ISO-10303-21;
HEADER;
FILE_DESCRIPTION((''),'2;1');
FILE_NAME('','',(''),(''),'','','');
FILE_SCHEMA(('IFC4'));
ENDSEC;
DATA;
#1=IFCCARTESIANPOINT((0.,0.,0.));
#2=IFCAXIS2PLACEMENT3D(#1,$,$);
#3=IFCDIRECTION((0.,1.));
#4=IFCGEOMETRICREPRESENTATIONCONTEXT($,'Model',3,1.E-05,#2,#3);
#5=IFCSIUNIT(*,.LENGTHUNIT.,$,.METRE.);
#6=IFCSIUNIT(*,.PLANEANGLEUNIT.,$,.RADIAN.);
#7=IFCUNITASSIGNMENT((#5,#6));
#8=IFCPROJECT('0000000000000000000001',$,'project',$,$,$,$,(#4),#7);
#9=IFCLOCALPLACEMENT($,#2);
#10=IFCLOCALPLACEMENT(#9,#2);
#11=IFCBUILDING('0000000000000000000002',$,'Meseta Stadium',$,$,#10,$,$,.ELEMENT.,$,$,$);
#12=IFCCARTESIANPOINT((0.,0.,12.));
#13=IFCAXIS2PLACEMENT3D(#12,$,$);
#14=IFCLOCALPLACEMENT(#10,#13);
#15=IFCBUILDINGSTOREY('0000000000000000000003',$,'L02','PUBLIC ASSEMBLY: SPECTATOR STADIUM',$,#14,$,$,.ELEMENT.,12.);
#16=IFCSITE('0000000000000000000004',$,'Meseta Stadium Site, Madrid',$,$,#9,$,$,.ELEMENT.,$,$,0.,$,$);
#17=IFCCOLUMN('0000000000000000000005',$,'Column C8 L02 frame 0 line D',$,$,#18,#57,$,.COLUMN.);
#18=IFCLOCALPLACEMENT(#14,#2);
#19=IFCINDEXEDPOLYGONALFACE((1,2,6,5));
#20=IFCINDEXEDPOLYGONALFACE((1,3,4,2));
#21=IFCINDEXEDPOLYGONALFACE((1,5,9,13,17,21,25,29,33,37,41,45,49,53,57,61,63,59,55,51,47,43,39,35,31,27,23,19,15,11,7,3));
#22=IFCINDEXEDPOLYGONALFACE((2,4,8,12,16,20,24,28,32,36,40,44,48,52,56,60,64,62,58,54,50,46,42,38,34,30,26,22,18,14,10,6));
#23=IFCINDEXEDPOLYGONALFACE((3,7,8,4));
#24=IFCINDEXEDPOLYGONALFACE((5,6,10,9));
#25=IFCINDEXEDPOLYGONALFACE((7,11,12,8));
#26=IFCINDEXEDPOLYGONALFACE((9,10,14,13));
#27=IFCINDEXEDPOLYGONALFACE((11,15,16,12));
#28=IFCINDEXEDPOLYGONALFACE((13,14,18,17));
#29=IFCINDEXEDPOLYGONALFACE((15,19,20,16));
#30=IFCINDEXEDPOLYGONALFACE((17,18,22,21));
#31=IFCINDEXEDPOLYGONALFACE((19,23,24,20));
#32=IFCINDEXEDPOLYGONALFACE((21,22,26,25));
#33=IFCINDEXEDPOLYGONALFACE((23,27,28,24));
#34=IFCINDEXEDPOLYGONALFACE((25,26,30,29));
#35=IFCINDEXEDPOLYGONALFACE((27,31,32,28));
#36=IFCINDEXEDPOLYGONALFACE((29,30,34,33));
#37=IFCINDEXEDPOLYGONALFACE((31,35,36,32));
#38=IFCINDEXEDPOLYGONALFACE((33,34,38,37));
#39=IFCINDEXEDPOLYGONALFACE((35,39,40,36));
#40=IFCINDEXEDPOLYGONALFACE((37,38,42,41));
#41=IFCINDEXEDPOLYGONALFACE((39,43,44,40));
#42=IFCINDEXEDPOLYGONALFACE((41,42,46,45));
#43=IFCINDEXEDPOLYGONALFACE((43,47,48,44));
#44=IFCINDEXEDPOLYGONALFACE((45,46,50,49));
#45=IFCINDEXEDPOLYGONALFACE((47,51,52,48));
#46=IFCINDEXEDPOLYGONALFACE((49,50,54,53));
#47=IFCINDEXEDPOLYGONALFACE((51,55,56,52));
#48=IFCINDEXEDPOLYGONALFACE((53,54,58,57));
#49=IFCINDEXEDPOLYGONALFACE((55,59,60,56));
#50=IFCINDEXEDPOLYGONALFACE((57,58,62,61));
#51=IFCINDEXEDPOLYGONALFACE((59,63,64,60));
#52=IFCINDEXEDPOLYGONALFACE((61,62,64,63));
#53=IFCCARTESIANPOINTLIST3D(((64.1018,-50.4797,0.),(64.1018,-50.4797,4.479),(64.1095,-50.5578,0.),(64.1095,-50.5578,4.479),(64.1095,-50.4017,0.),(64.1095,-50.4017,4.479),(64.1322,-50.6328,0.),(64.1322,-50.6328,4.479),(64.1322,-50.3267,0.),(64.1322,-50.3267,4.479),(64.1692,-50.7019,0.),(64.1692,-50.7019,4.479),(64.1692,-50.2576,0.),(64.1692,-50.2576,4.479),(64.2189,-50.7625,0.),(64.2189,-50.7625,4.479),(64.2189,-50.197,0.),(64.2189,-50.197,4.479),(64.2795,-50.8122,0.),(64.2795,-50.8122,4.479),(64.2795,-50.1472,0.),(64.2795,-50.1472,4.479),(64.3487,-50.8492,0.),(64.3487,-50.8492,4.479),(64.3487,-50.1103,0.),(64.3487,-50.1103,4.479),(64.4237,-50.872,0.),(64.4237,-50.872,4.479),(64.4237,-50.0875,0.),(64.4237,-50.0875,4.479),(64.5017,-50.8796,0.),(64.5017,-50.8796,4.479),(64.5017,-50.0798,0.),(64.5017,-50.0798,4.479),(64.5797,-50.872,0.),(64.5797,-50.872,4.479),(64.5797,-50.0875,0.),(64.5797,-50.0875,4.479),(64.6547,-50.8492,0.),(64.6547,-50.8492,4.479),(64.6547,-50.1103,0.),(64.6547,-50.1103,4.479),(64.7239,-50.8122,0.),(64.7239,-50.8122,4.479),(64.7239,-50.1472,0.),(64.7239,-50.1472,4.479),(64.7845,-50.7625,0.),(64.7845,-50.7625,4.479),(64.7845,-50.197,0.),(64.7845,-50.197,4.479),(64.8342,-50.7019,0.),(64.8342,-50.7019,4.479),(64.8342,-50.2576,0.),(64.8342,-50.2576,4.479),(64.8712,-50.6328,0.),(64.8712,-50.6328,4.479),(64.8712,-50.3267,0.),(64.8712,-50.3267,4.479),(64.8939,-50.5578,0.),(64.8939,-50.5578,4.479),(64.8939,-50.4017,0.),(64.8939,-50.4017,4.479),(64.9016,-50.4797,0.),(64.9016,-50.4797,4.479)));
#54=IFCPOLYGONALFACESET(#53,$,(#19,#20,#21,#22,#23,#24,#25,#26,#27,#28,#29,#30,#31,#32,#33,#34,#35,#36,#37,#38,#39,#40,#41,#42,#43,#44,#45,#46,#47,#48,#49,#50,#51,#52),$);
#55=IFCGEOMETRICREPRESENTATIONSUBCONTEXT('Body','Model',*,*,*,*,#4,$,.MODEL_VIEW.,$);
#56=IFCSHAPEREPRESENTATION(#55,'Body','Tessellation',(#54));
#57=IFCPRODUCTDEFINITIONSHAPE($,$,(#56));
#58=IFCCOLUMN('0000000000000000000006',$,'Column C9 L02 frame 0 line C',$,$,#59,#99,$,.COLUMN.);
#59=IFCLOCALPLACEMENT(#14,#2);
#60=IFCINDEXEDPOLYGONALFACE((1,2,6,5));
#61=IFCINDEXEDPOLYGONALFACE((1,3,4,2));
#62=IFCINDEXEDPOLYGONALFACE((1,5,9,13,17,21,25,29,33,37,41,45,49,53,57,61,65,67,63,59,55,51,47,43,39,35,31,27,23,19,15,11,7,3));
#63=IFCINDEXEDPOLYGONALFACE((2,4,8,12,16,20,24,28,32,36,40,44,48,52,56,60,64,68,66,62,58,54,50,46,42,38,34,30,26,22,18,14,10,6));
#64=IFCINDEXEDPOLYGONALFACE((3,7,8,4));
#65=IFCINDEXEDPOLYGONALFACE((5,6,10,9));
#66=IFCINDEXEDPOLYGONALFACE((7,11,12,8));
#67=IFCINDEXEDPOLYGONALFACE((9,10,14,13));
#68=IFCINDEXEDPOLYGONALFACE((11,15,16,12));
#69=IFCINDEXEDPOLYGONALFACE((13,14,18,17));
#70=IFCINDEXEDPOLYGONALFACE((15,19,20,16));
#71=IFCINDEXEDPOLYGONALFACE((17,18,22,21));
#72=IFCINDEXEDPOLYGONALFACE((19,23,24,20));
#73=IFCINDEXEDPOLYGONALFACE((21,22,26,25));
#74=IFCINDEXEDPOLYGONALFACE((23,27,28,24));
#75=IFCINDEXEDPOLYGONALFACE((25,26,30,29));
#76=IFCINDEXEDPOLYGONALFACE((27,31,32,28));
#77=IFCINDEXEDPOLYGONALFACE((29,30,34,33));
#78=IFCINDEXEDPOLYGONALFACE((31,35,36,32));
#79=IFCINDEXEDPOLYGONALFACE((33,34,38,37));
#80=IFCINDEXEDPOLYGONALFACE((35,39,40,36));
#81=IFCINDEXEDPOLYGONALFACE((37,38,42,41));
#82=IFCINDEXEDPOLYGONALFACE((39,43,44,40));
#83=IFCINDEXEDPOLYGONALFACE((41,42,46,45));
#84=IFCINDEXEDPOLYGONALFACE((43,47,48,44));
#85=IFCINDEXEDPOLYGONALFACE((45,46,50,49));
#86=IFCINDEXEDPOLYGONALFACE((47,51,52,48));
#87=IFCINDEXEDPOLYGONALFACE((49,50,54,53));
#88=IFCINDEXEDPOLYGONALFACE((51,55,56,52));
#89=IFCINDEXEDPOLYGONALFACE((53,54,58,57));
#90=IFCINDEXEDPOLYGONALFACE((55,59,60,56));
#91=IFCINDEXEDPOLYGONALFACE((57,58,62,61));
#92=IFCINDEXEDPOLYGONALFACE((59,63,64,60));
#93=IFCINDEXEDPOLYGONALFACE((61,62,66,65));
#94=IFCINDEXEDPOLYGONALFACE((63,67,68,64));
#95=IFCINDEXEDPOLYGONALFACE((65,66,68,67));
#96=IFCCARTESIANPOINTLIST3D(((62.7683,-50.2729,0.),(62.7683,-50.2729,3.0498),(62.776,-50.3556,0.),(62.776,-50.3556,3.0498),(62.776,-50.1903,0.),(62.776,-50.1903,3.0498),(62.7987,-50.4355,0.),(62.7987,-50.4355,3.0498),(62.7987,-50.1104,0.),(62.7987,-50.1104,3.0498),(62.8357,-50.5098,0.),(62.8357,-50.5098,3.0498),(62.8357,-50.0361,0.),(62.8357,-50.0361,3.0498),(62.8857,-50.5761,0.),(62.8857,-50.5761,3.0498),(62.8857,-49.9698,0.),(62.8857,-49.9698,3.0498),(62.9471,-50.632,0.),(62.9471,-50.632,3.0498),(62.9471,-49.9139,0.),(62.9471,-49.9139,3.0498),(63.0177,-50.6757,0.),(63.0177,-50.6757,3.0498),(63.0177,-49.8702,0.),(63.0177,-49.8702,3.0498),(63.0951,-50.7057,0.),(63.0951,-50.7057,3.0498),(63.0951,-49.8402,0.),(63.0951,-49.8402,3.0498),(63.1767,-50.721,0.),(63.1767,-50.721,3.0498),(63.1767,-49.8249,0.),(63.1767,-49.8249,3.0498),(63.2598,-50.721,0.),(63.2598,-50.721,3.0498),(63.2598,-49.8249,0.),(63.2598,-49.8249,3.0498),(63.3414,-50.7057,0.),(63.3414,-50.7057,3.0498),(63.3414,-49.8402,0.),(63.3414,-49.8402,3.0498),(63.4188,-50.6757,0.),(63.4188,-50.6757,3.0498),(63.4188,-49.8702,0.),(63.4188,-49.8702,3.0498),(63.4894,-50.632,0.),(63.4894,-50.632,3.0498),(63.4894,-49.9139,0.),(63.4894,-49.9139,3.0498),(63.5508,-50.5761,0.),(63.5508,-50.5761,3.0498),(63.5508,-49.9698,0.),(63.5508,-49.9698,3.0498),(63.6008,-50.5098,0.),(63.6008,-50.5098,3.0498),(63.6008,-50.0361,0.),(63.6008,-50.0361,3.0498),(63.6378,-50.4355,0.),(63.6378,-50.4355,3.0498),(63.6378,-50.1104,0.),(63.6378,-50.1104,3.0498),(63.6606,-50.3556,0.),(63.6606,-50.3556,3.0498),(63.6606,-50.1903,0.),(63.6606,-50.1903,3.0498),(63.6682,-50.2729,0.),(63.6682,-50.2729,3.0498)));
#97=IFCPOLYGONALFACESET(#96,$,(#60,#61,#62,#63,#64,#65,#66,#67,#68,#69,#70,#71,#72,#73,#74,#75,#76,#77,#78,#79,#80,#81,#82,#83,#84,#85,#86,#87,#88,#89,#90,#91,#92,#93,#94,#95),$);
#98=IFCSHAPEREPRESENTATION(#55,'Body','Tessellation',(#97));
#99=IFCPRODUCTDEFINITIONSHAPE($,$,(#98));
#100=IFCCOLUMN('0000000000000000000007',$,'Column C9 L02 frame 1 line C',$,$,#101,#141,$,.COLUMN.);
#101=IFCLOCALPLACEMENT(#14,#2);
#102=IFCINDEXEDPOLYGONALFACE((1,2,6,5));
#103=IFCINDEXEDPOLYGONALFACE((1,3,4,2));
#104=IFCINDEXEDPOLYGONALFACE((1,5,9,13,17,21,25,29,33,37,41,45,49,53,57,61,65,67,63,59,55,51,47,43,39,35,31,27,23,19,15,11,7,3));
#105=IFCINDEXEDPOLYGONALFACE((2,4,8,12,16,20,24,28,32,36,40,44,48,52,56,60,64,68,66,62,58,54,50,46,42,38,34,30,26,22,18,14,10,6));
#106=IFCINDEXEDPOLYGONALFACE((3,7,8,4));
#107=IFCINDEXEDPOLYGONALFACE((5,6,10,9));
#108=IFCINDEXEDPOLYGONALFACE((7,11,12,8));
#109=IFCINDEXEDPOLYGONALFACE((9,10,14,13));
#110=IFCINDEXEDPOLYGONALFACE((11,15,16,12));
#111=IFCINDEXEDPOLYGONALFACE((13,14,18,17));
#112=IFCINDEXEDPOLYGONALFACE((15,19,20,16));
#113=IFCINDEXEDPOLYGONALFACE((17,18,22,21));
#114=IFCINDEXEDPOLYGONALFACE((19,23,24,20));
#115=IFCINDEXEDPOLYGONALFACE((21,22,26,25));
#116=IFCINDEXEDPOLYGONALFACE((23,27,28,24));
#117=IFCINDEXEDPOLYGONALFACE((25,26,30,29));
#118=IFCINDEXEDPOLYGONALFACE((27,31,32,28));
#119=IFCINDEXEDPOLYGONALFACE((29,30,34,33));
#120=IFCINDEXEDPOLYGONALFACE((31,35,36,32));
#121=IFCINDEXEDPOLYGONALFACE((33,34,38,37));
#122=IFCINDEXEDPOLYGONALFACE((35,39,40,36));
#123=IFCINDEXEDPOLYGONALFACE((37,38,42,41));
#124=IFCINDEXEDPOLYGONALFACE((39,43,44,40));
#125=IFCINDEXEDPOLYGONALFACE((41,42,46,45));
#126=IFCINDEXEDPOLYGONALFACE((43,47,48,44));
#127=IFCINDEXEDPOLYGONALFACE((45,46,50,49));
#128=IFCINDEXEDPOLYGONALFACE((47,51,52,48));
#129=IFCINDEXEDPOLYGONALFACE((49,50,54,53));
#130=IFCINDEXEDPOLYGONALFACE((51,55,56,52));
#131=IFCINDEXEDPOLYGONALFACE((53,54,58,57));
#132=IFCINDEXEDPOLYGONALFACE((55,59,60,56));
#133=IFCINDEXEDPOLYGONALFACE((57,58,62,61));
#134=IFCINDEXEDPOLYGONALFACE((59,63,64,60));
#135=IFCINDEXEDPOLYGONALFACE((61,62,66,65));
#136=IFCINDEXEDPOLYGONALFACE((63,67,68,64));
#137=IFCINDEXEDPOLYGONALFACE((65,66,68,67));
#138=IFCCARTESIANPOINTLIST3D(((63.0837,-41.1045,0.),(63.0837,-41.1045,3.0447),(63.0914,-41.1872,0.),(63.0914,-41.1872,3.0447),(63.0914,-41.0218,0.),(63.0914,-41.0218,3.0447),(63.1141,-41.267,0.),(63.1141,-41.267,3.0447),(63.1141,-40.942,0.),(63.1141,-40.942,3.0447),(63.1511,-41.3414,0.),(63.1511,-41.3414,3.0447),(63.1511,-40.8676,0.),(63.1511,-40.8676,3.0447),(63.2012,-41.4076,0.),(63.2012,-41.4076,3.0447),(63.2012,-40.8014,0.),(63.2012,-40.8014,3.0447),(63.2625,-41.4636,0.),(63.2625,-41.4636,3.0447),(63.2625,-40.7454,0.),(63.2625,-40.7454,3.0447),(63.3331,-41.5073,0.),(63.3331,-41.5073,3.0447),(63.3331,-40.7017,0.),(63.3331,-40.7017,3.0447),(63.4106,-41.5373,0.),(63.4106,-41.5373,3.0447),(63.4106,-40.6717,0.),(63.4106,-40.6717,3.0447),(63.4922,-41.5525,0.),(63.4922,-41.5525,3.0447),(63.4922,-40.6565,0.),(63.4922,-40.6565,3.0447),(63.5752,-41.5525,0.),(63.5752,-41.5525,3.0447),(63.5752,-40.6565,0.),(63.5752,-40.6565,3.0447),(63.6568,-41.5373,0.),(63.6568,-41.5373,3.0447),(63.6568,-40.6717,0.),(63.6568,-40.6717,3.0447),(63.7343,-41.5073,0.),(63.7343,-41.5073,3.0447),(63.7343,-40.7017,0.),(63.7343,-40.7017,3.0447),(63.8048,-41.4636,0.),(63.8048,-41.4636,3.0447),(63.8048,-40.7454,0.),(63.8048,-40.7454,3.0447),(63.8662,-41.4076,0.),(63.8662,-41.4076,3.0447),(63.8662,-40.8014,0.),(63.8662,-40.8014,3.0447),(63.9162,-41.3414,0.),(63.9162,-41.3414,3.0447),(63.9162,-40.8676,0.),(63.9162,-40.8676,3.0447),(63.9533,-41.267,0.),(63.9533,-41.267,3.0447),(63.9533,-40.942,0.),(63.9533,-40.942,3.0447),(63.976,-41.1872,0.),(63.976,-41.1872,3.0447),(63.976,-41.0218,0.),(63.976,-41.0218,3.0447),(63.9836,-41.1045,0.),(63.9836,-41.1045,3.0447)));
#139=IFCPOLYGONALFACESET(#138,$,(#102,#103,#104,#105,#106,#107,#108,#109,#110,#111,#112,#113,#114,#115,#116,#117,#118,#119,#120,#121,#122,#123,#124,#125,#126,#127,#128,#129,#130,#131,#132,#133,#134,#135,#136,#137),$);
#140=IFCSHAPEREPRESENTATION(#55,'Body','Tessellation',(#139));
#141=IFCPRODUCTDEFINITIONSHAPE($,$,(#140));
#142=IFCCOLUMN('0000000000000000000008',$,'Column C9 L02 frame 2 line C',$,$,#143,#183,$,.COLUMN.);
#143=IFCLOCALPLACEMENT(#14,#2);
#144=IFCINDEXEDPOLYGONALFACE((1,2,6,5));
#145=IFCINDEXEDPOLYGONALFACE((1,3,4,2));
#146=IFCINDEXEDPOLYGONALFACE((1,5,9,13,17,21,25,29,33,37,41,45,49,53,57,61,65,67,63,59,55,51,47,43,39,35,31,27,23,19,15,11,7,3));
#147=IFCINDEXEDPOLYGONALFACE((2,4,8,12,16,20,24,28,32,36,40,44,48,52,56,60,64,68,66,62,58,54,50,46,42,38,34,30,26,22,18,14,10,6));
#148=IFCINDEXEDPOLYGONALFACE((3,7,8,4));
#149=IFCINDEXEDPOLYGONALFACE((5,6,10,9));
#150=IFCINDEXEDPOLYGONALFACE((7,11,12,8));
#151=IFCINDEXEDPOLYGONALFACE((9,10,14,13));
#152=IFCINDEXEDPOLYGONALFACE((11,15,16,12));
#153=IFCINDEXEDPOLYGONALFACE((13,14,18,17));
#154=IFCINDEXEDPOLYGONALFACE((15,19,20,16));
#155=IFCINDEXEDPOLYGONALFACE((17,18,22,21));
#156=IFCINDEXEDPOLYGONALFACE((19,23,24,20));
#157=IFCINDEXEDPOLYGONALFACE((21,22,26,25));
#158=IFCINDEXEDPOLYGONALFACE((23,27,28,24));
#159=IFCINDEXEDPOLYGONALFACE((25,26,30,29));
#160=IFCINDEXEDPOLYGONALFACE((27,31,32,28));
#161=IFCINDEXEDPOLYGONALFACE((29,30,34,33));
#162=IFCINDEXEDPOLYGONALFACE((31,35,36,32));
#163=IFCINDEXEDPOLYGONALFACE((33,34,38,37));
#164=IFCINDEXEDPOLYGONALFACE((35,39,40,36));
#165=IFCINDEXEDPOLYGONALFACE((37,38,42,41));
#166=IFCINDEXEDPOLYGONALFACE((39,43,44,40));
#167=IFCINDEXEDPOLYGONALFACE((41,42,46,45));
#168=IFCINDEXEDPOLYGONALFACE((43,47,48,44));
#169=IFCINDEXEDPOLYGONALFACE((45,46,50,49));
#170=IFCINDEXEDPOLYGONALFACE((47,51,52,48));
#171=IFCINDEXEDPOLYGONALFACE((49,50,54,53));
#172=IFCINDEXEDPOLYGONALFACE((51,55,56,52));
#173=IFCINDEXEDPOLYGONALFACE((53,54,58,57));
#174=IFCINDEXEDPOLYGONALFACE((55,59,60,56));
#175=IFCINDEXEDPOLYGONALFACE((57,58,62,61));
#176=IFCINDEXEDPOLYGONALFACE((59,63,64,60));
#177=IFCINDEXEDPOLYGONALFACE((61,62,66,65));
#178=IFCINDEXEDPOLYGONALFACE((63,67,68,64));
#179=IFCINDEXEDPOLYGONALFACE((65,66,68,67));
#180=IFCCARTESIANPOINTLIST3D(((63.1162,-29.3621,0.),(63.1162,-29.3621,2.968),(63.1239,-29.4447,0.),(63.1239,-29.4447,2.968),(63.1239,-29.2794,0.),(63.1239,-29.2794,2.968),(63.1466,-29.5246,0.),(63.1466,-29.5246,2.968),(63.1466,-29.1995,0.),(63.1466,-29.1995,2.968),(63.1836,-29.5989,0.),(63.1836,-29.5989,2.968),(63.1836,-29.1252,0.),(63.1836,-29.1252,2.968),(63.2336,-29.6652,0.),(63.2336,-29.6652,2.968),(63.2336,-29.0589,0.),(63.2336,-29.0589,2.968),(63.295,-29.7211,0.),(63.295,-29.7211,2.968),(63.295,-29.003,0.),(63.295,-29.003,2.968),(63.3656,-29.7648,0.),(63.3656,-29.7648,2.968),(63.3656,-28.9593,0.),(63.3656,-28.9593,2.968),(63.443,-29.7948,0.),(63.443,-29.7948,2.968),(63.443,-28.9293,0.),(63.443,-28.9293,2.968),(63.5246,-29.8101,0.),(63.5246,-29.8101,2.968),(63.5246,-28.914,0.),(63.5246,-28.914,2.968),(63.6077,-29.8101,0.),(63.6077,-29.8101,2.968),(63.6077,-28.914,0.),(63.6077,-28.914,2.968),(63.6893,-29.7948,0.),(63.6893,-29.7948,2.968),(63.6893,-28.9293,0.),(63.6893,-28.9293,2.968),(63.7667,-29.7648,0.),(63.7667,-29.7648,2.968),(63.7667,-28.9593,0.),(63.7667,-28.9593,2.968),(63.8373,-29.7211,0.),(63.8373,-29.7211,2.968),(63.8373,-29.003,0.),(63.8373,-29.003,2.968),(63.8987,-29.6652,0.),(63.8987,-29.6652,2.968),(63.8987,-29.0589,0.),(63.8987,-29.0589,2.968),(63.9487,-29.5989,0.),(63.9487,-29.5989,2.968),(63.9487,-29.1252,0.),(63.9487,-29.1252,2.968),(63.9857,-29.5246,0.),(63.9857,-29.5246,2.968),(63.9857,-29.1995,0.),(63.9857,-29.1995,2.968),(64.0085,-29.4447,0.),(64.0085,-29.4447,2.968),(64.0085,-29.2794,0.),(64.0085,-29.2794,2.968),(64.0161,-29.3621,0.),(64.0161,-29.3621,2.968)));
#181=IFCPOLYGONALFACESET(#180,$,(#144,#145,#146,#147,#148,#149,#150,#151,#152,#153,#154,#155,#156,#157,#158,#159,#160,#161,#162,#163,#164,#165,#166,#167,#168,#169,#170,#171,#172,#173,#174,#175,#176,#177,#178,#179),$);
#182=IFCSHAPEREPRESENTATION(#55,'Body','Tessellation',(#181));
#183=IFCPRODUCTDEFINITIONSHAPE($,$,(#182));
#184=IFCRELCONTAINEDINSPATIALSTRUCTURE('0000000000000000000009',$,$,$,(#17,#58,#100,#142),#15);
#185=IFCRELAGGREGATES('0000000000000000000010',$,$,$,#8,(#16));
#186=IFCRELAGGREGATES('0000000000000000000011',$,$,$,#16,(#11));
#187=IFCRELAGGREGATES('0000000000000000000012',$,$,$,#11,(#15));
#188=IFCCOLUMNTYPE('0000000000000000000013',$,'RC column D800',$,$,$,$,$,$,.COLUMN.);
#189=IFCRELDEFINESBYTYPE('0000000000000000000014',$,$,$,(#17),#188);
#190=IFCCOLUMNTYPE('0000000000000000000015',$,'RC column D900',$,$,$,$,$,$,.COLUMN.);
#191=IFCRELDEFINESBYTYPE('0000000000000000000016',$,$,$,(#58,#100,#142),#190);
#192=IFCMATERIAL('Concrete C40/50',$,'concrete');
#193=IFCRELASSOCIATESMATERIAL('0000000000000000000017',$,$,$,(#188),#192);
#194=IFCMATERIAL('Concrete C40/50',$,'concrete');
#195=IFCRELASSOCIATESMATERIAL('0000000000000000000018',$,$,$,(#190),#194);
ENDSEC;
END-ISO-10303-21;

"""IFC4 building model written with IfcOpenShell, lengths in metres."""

from ifc_helpers import new_model, si_unit, direction, frame, origin, origin_2d, place, context, subcontext, project, spatial, circle, extrude, material, material_profile, profile_set, type_object, element, save


model = new_model("IFC4")

# Units and contexts
model_context = context("Model", 3, precision=1e-05, world=origin(), true_north=direction((0.0, 1.0)))
body_context = subcontext(model_context, "Body", "Model", "MODEL_VIEW")
ifc_project = project(units=[si_unit("LENGTHUNIT", "METRE"), si_unit("PLANEANGLEUNIT", "RADIAN")], contexts=[model_context])

# Site, building, storey
site_placement = place(None, origin())
site = spatial("IfcSite", under=ifc_project, at=site_placement, Name="Meseta Stadium Site, Madrid", CompositionType="ELEMENT", RefElevation=0.0)
building_placement = place(site_placement, origin())
building = spatial("IfcBuilding", under=site, at=building_placement, Name="Meseta Stadium", CompositionType="ELEMENT")
storey_placement = place(building_placement, frame((0.0, 0.0, 12.0)))
storey = spatial("IfcBuildingStorey", under=building, at=storey_placement, Name="L02", Description="PUBLIC ASSEMBLY: SPECTATOR STADIUM", CompositionType="ELEMENT", Elevation=12.0)

# Columns
ifc_material_1 = material(Name="Concrete C40/50", Category="concrete")
ifc_material_profile_1 = material_profile(ifc_material_1, circle(Radius=0.3999, at=origin_2d()), Name="RC D800")
ifc_profile_set_1 = profile_set([ifc_material_profile_1], Name="Concrete C40/50")
column_type_1 = type_object("IfcColumnType", Name="RC column D800", PredefinedType="COLUMN", material=ifc_profile_set_1)
column_1_placement = place(storey_placement, frame((64.5017, -50.4797, 0.0), z_axis=(0.0, 0.0, 1.0), x_axis=(1.0, 0.0, 0.0)))
element("IfcColumn", 1, at=column_1_placement, inside=storey, type_object=column_type_1, Name="Column C8 L02 frame 0 line D", PredefinedType="COLUMN", context=body_context, shape_type="SweptSolid", body=[
    extrude(circle(Radius=0.3999, at=origin_2d()), origin(), (0.0, 0.0, 1.0), 4.479),
])
ifc_material_2 = material(Name="Concrete C40/50", Category="concrete")
ifc_material_profile_2 = material_profile(ifc_material_2, circle(Radius=0.45, at=origin_2d()), Name="RC D900")
ifc_profile_set_2 = profile_set([ifc_material_profile_2], Name="Concrete C40/50")
column_type_2 = type_object("IfcColumnType", Name="RC column D900", PredefinedType="COLUMN", material=ifc_profile_set_2)
column_2_placement = place(storey_placement, frame((63.2183, -50.2729, 0.0), z_axis=(0.0, 0.0, 1.0), x_axis=(1.0, 0.0, 0.0)))
element("IfcColumn", 2, at=column_2_placement, inside=storey, type_object=column_type_2, Name="Column C9 L02 frame 0 line C", PredefinedType="COLUMN", context=body_context, shape_type="SweptSolid", body=[
    extrude(circle(Radius=0.45, at=origin_2d()), origin(), (0.0, 0.0, 1.0), 3.0498),
])
column_3_placement = place(storey_placement, frame((63.5337, -41.1045, 0.0), z_axis=(0.0, 0.0, 1.0), x_axis=(1.0, 0.0, 0.0)))
element("IfcColumn", 3, at=column_3_placement, inside=storey, type_object=column_type_2, Name="Column C9 L02 frame 1 line C", PredefinedType="COLUMN", context=body_context, shape_type="SweptSolid", body=[
    extrude(circle(Radius=0.45, at=origin_2d()), origin(), (0.0, 0.0, 1.0), 3.0447),
])
column_4_placement = place(storey_placement, frame((63.5662, -29.3621, 0.0), z_axis=(0.0, 0.0, 1.0), x_axis=(1.0, 0.0, 0.0)))
element("IfcColumn", 4, at=column_4_placement, inside=storey, type_object=column_type_2, Name="Column C9 L02 frame 2 line C", PredefinedType="COLUMN", context=body_context, shape_type="SweptSolid", body=[
    extrude(circle(Radius=0.45, at=origin_2d()), origin(), (0.0, 0.0, 1.0), 2.968),
])

save(model, "model.ifc")
